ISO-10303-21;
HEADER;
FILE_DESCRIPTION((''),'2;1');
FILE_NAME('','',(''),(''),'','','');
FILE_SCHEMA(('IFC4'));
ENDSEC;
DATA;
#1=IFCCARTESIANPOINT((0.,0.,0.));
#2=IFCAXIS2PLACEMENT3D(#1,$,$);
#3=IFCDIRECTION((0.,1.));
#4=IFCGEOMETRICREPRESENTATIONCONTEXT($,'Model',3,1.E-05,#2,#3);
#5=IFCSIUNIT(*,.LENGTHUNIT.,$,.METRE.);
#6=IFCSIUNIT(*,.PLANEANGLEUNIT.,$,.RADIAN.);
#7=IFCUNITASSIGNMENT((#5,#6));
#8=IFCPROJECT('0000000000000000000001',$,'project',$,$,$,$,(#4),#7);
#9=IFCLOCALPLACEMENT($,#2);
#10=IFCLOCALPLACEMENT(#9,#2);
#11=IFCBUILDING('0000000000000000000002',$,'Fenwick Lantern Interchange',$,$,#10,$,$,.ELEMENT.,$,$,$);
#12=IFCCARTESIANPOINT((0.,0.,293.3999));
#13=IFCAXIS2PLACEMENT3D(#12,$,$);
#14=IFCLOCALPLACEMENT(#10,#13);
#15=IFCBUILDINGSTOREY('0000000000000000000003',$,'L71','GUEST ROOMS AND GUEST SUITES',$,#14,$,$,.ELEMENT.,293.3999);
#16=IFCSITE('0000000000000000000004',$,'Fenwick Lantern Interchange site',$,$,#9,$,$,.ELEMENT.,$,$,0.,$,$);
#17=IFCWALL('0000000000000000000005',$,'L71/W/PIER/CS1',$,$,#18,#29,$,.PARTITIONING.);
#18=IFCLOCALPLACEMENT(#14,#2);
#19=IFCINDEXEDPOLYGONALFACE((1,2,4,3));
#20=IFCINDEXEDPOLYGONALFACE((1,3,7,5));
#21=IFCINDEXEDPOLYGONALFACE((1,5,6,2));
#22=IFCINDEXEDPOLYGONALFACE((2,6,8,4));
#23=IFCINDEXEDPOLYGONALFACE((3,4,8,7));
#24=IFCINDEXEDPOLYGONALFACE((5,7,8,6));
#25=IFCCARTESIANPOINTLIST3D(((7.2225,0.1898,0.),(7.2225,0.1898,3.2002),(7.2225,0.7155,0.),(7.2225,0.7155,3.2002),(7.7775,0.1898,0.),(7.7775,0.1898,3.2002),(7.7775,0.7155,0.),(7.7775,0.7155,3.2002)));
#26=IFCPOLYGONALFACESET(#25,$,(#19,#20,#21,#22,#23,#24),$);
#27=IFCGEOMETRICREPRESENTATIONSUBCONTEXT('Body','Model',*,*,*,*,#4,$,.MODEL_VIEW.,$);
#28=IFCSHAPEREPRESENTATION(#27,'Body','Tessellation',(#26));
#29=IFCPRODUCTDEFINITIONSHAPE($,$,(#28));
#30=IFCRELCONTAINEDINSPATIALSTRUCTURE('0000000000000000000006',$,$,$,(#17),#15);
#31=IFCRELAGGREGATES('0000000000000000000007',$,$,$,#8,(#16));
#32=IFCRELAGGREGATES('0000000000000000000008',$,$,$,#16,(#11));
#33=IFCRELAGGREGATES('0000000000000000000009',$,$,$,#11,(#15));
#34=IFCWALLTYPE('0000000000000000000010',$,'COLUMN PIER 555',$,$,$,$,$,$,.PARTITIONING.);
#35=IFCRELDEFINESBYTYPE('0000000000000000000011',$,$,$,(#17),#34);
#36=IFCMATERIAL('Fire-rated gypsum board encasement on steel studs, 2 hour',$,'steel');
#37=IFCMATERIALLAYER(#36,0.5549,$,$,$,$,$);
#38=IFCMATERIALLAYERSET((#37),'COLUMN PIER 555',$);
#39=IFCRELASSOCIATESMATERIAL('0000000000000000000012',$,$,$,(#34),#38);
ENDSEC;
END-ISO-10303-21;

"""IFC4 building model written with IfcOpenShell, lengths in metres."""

from ifc_helpers import new_model, si_unit, direction, frame, frame_2d, origin, place, context, subcontext, project, spatial, rectangle, extrude, material, layer, layer_set, type_object, element, save


model = new_model("IFC4")

# Units and contexts
model_context = context("Model", 3, precision=1e-05, world=origin(), true_north=direction((0.0, 1.0)))
body_context = subcontext(model_context, "Body", "Model", "MODEL_VIEW")
ifc_project = project(units=[si_unit("LENGTHUNIT", "METRE"), si_unit("PLANEANGLEUNIT", "RADIAN")], contexts=[model_context])

# Site, building, storey
site_placement = place(None, origin())
site = spatial("IfcSite", under=ifc_project, at=site_placement, Name="Fenwick Lantern Interchange site", CompositionType="ELEMENT", RefElevation=0.0)
building_placement = place(site_placement, origin())
building = spatial("IfcBuilding", under=site, at=building_placement, Name="Fenwick Lantern Interchange", CompositionType="ELEMENT")
storey_placement = place(building_placement, frame((0.0, 0.0, 293.3999)))
storey = spatial("IfcBuildingStorey", under=building, at=storey_placement, Name="L71", Description="GUEST ROOMS AND GUEST SUITES", CompositionType="ELEMENT", Elevation=293.3999)

# Wall
ifc_material_1 = material(Name="Fire-rated gypsum board encasement on steel studs, 2 hour", Category="steel")
ifc_layer_1 = layer(ifc_material_1, 0.5549)
ifc_layer_set_1 = layer_set([ifc_layer_1], Name="COLUMN PIER 555")
wall_type = type_object("IfcWallType", Name="COLUMN PIER 555", PredefinedType="PARTITIONING", material=ifc_layer_set_1)
wall_placement = place(storey_placement, frame((7.5, 0.1899, 0.0), z_axis=(0.0, 0.0, 1.0), x_axis=(0.0, 1.0, 0.0)))
element("IfcWall", 1, at=wall_placement, inside=storey, type_object=wall_type, Name="L71/W/PIER/CS1", PredefinedType="PARTITIONING", context=body_context, shape_type="SweptSolid", body=[
    extrude(rectangle(XDim=0.5256, YDim=0.5549, at=frame_2d((0.2627, 0.0))), origin(), (0.0, 0.0, 1.0), 3.2002),
])

save(model, "model.ifc")
